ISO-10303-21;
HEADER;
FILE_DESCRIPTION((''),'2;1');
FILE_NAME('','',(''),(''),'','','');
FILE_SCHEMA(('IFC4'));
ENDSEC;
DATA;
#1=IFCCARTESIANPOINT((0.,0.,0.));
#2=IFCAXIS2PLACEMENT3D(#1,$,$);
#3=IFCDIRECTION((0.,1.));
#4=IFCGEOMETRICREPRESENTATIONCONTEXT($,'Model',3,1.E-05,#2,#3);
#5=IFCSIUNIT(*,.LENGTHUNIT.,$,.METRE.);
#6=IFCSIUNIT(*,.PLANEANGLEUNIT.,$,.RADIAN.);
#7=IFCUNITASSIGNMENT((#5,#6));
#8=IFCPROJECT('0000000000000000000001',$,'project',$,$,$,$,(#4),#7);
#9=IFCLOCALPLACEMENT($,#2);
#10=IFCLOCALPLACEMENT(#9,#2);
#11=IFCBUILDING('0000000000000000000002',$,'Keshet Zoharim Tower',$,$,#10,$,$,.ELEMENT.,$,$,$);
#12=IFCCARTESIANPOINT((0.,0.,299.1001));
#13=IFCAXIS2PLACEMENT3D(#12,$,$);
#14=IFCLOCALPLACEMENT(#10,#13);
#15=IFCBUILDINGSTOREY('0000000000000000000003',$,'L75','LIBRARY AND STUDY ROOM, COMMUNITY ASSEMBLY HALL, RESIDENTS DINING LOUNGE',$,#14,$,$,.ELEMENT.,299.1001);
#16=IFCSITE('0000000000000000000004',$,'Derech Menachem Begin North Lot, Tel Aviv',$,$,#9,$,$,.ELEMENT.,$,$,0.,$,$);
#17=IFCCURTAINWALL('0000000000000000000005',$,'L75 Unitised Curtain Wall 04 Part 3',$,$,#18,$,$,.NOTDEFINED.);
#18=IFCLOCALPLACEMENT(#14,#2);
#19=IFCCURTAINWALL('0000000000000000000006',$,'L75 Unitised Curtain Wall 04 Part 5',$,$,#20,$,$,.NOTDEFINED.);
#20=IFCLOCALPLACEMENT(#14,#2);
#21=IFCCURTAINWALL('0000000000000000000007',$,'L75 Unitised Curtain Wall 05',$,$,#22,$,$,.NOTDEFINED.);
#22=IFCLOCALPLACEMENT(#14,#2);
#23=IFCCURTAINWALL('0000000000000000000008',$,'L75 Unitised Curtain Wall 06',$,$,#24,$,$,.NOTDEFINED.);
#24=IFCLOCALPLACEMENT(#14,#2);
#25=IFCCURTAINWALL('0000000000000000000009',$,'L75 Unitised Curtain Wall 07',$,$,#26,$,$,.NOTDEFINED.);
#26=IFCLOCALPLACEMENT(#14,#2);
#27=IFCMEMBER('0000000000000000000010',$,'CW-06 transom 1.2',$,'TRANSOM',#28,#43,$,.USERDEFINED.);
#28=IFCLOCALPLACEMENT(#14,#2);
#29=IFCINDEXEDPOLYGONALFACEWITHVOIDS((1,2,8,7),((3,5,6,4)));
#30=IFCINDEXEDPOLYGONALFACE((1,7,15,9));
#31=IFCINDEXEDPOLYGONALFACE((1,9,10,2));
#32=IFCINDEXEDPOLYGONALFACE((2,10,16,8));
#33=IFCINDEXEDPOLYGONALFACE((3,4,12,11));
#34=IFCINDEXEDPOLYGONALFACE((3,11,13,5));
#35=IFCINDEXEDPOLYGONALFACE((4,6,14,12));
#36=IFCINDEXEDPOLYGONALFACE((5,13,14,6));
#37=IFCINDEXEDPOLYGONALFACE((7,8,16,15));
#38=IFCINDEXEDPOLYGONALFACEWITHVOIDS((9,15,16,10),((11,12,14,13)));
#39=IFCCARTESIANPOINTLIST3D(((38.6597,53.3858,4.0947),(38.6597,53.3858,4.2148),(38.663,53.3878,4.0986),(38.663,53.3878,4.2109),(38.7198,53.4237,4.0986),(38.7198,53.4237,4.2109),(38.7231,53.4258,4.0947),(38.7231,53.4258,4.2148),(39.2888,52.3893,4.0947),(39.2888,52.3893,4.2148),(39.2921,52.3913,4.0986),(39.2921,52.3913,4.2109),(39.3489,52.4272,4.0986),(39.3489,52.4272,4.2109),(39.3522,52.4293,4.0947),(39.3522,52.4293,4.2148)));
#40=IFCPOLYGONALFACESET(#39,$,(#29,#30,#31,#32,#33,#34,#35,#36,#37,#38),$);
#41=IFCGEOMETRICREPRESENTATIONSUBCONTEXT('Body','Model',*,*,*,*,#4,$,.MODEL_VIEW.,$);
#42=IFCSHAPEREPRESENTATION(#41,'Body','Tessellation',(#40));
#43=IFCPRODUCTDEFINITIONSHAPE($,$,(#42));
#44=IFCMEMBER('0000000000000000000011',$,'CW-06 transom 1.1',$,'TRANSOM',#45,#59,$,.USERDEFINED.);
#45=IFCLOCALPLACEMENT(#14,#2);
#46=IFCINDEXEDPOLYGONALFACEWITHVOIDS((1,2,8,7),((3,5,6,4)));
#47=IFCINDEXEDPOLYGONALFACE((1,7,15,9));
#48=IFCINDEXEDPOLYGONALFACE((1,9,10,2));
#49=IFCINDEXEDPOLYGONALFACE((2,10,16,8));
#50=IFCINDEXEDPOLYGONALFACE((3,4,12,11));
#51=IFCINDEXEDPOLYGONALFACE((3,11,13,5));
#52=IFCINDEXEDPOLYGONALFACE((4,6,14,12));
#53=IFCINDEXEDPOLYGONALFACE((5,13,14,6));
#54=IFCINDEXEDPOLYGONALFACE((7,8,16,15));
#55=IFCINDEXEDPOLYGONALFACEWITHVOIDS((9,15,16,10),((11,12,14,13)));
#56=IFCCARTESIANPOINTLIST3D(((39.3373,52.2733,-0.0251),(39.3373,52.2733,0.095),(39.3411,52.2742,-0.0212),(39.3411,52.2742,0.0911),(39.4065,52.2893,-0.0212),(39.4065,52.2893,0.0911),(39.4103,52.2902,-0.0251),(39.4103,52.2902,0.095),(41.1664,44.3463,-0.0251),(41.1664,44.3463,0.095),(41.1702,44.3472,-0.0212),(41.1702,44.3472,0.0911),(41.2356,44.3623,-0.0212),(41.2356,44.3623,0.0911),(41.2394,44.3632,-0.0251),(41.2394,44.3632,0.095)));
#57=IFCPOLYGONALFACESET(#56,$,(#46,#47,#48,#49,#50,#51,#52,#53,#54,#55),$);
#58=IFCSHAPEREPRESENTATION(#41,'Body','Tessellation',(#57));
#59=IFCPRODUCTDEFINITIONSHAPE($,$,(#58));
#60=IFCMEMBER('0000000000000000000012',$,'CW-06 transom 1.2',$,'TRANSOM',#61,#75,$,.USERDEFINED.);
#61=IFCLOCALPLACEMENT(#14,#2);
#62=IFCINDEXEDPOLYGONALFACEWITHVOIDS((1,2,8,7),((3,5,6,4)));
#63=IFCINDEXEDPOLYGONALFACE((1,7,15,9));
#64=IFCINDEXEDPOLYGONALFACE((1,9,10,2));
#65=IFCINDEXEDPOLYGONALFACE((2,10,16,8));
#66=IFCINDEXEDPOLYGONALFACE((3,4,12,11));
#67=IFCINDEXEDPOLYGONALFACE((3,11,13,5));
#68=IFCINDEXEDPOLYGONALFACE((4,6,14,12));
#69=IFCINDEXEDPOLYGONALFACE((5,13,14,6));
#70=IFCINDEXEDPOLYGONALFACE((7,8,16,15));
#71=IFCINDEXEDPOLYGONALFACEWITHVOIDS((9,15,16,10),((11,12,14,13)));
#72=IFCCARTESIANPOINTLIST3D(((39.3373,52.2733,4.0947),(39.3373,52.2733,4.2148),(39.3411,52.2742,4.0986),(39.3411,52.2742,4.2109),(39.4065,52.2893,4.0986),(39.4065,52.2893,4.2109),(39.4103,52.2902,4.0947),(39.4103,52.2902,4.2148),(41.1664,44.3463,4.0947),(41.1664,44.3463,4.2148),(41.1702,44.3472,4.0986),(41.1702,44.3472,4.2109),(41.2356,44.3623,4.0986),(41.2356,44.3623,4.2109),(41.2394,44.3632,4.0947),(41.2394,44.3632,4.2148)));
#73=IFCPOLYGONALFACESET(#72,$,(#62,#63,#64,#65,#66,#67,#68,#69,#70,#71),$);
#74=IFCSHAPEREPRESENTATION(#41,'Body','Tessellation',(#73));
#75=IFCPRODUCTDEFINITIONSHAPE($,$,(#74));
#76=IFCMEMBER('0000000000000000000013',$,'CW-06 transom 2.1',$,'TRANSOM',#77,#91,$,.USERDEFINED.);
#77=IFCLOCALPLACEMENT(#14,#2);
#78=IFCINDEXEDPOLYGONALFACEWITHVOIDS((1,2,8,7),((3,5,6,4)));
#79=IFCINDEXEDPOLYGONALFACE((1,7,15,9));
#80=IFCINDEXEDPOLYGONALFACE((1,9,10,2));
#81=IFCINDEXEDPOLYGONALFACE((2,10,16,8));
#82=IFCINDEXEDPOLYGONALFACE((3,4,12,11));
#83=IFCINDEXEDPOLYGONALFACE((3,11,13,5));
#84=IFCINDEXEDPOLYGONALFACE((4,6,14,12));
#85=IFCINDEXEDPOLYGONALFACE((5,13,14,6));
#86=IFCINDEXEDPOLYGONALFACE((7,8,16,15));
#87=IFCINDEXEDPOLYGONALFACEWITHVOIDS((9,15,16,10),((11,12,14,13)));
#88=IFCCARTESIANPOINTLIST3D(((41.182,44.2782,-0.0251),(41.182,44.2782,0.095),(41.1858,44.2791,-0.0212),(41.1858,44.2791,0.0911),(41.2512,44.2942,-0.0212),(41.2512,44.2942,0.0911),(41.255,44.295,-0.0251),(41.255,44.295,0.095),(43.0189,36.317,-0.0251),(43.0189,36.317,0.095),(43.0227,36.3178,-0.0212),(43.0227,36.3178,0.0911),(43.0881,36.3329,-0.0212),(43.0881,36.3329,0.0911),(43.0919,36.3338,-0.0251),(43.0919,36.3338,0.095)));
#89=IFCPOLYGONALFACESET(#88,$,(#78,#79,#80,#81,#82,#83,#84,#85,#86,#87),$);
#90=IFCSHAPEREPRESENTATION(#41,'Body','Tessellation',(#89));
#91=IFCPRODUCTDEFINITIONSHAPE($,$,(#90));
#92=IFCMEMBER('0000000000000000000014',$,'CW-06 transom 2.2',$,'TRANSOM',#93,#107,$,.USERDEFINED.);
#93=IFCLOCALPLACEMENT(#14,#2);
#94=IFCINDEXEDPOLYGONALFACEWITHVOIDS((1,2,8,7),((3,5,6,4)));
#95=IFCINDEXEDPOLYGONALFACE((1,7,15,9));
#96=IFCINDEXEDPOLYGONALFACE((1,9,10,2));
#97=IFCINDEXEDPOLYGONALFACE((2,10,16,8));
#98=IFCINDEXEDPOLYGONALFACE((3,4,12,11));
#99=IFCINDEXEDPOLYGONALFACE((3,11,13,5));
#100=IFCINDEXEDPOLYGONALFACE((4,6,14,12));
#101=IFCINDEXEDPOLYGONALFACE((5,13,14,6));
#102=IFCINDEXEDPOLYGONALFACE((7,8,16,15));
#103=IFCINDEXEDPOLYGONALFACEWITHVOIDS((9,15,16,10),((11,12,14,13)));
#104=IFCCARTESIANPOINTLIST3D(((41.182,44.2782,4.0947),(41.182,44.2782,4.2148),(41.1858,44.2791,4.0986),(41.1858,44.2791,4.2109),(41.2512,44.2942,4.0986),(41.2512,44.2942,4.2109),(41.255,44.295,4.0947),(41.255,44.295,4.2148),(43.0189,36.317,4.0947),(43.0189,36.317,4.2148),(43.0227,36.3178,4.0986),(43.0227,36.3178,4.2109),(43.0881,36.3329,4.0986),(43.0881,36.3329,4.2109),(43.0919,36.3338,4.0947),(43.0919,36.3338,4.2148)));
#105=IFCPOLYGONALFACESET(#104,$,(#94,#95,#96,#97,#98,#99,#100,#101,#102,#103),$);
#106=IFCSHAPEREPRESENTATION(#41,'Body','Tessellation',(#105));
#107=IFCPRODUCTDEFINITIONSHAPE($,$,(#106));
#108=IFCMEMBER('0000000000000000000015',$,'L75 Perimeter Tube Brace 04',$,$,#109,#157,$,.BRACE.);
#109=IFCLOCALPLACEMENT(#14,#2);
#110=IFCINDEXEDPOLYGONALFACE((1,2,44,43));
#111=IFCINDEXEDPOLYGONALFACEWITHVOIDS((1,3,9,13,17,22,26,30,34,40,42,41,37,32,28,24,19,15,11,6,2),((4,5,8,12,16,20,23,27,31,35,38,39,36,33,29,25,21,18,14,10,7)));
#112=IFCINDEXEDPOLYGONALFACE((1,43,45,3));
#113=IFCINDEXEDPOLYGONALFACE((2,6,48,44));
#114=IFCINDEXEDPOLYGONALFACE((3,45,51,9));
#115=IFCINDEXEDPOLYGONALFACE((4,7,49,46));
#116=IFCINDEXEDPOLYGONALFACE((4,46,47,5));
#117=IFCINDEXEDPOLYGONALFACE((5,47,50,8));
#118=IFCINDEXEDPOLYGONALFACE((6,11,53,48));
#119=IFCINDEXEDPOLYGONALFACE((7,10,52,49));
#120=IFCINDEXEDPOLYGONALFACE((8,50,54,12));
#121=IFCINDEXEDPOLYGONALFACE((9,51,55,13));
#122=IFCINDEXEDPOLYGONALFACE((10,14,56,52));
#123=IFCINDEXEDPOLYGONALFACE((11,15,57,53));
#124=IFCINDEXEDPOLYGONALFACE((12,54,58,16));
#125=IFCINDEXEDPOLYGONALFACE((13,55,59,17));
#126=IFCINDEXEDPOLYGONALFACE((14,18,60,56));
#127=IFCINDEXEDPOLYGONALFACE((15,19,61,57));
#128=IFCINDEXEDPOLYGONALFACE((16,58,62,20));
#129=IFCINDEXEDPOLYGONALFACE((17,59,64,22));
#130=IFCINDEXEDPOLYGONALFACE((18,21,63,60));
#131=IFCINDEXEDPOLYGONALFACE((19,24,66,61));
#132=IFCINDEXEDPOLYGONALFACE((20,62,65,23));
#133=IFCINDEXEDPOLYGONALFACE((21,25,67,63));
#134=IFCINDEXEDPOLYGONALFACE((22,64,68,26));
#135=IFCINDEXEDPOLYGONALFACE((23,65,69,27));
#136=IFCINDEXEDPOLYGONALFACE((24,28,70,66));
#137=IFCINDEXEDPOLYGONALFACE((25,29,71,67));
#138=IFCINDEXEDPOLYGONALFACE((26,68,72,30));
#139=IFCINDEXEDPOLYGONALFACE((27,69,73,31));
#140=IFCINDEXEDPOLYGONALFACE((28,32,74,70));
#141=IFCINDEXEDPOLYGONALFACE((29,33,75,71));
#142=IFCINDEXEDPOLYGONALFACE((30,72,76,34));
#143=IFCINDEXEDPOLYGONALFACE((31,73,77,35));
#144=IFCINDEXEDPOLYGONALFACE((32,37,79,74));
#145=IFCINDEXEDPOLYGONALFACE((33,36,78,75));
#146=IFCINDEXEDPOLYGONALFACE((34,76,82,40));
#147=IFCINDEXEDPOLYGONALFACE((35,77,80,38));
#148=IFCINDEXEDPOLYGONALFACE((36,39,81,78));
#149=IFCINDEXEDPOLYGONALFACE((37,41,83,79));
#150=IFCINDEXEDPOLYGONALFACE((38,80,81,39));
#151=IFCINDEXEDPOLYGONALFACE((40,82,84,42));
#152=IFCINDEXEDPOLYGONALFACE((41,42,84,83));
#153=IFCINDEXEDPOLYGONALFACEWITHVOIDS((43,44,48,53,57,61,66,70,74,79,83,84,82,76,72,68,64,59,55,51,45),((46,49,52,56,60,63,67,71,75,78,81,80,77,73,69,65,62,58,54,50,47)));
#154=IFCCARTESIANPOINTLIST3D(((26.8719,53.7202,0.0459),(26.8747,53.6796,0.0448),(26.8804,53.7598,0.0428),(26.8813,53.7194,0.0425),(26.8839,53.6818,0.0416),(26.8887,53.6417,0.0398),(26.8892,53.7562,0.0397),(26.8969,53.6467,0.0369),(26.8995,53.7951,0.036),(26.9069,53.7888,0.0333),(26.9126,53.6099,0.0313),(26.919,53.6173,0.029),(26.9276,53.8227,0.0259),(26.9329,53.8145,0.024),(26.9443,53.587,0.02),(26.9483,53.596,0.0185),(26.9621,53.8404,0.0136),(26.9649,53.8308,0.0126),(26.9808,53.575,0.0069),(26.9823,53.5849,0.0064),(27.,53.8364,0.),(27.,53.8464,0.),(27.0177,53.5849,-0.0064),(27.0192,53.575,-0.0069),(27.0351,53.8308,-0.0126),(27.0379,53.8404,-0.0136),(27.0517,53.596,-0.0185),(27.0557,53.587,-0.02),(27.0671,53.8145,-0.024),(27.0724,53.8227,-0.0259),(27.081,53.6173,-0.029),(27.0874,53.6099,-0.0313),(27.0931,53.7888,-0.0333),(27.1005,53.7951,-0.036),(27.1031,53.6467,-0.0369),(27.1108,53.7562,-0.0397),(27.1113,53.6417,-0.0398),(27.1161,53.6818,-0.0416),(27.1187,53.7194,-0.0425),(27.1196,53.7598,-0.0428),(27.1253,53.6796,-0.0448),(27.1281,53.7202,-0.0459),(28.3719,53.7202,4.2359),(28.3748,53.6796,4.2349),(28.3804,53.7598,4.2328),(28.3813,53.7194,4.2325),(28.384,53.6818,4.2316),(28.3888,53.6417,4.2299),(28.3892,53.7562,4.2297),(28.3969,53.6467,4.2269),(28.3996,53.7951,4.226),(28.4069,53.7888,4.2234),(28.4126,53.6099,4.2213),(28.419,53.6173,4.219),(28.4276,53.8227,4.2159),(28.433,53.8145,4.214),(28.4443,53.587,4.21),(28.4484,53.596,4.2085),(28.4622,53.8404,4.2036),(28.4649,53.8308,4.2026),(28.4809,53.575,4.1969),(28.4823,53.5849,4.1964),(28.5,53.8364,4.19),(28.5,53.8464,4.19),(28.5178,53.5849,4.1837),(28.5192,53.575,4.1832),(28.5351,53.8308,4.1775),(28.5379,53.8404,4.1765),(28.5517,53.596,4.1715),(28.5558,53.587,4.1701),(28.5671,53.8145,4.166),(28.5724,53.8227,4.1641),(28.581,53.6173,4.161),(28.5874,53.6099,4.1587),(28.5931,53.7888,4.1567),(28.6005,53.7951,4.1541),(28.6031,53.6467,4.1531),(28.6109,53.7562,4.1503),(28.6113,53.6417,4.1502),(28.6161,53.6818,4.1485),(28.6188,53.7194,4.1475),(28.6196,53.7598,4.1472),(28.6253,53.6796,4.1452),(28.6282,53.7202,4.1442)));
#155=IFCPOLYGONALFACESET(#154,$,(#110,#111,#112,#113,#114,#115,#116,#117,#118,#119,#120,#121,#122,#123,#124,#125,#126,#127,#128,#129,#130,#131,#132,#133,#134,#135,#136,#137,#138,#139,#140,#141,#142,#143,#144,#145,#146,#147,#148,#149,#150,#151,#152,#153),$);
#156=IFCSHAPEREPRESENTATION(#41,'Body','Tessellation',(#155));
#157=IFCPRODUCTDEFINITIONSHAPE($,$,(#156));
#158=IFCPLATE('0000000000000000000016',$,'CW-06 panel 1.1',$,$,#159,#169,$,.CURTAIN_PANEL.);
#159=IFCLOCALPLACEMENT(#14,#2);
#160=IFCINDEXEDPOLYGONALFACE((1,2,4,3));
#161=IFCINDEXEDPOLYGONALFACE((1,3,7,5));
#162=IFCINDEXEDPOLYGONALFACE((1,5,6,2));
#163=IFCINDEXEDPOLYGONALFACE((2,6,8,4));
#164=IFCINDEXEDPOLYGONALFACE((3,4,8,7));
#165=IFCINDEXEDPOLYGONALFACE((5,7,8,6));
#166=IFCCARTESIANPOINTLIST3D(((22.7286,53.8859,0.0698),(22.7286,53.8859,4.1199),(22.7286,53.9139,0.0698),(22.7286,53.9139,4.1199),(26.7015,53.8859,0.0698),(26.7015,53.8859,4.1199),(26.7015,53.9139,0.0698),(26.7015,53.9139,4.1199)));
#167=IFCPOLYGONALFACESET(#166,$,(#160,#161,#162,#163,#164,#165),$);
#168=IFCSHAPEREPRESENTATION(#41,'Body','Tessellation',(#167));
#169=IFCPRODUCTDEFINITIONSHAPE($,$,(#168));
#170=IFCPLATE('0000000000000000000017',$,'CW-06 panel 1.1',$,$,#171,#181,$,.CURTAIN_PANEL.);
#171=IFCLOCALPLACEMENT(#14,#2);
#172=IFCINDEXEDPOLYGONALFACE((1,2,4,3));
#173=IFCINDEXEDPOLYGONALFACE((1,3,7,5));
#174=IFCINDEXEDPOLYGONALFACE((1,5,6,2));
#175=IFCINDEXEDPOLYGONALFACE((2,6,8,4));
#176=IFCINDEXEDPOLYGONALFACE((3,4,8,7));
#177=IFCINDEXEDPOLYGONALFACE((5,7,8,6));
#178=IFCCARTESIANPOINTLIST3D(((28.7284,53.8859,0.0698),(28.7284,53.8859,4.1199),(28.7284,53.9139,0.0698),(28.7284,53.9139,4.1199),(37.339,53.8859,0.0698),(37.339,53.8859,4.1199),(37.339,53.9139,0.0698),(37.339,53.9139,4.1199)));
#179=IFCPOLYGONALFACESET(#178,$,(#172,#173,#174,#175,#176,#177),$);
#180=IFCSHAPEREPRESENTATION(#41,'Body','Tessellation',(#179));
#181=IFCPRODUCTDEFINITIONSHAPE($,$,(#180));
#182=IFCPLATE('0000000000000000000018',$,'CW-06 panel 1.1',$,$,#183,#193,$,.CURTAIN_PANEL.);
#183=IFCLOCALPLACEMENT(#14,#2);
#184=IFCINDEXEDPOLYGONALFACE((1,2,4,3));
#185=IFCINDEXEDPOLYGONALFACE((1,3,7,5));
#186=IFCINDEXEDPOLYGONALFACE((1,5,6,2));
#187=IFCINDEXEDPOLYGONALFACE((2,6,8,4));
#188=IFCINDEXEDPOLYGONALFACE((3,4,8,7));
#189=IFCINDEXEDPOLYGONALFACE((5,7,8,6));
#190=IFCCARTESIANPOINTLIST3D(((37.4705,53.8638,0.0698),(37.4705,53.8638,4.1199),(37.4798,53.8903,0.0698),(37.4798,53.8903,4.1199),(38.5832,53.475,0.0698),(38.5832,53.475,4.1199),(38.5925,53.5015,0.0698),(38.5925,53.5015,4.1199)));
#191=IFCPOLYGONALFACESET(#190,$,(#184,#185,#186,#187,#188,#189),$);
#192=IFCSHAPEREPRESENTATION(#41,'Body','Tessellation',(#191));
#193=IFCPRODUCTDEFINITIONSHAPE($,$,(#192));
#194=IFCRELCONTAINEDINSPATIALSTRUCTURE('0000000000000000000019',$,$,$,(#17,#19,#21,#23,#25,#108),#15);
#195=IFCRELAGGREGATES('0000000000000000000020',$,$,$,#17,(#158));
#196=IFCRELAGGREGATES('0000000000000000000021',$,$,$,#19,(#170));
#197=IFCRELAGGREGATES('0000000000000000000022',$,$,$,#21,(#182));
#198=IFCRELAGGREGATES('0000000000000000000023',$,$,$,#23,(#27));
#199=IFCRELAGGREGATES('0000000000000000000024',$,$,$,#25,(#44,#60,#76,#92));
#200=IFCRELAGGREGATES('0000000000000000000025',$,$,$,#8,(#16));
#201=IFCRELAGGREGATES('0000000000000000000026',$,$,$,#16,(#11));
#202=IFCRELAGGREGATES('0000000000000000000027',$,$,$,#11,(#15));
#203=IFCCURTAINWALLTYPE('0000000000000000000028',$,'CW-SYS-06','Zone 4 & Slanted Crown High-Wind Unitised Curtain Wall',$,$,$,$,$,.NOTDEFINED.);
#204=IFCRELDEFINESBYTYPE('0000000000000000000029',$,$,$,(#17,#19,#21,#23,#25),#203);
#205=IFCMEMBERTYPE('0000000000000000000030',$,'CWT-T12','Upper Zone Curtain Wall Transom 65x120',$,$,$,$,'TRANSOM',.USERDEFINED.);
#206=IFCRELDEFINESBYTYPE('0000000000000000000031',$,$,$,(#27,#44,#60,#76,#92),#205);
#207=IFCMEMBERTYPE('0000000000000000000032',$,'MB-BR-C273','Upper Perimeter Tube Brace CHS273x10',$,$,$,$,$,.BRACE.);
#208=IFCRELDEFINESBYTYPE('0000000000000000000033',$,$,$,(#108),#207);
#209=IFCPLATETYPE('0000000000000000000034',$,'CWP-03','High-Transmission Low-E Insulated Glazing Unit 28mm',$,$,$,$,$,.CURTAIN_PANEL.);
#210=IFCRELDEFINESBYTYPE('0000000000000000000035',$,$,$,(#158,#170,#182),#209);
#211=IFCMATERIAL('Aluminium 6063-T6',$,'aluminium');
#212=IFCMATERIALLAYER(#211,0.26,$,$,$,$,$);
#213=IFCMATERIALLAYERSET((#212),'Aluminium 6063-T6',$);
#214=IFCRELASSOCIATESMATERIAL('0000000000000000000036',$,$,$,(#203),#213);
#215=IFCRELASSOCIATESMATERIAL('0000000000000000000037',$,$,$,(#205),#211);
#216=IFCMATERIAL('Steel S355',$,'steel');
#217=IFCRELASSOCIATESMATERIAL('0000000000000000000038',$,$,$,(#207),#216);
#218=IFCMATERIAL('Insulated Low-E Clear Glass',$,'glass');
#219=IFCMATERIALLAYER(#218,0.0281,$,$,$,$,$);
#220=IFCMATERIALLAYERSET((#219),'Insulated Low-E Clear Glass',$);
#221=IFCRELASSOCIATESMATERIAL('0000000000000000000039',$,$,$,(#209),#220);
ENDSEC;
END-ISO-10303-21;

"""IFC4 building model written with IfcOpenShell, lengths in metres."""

from ifc_helpers import new_model, si_unit, direction, frame, origin, origin_2d, place, context, subcontext, project, spatial, rectangle, hollow_rectangle, hollow_circle, extrude, material, layer, layer_set, material_profile, profile_set, type_object, element, aggregate, save


model = new_model("IFC4")

# Units and contexts
model_context = context("Model", 3, precision=1e-05, world=origin(), true_north=direction((0.0, 1.0)))
body_context = subcontext(model_context, "Body", "Model", "MODEL_VIEW")
ifc_project = project(units=[si_unit("LENGTHUNIT", "METRE"), si_unit("PLANEANGLEUNIT", "RADIAN")], contexts=[model_context])

# Site, building, storey
site_placement = place(None, origin())
site = spatial("IfcSite", under=ifc_project, at=site_placement, Name="Derech Menachem Begin North Lot, Tel Aviv", CompositionType="ELEMENT", RefElevation=0.0)
building_placement = place(site_placement, origin())
building = spatial("IfcBuilding", under=site, at=building_placement, Name="Keshet Zoharim Tower", CompositionType="ELEMENT")
storey_placement = place(building_placement, frame((0.0, 0.0, 299.1001)))
storey = spatial("IfcBuildingStorey", under=building, at=storey_placement, Name="L75", Description="LIBRARY AND STUDY ROOM, COMMUNITY ASSEMBLY HALL, RESIDENTS DINING LOUNGE", CompositionType="ELEMENT", Elevation=299.1001)

# Shared definitions
ifc_material_1 = material(Name="Steel S355", Category="steel")

# Curtain walls
ifc_material_2 = material(Name="Aluminium 6063-T6", Category="aluminium")
ifc_layer_1 = layer(ifc_material_2, 0.26)
ifc_layer_set_1 = layer_set([ifc_layer_1], Name="Aluminium 6063-T6")
curtain_wall_type = type_object("IfcCurtainWallType", Name="CW-SYS-06", Description="Zone 4 & Slanted Crown High-Wind Unitised Curtain Wall", PredefinedType="NOTDEFINED", material=ifc_layer_set_1)
curtain_wall_1_placement = place(storey_placement, origin())
curtain_wall_1 = element("IfcCurtainWall", 1, at=curtain_wall_1_placement, inside=storey, type_object=curtain_wall_type, Name="L75 Unitised Curtain Wall 04 Part 3", PredefinedType="NOTDEFINED")
curtain_wall_2_placement = place(storey_placement, origin())
curtain_wall_2 = element("IfcCurtainWall", 2, at=curtain_wall_2_placement, inside=storey, type_object=curtain_wall_type, Name="L75 Unitised Curtain Wall 04 Part 5", PredefinedType="NOTDEFINED")

# Curtain walls
curtain_wall_3_placement = place(storey_placement, origin())
curtain_wall_3 = element("IfcCurtainWall", 3, at=curtain_wall_3_placement, inside=storey, type_object=curtain_wall_type, Name="L75 Unitised Curtain Wall 05", PredefinedType="NOTDEFINED")
curtain_wall_4_placement = place(storey_placement, origin())
curtain_wall_4 = element("IfcCurtainWall", 4, at=curtain_wall_4_placement, inside=storey, type_object=curtain_wall_type, Name="L75 Unitised Curtain Wall 06", PredefinedType="NOTDEFINED")
curtain_wall_5_placement = place(storey_placement, origin())
curtain_wall_5 = element("IfcCurtainWall", 5, at=curtain_wall_5_placement, inside=storey, type_object=curtain_wall_type, Name="L75 Unitised Curtain Wall 07", PredefinedType="NOTDEFINED")

# Members
ifc_material_profile_1 = material_profile(ifc_material_2, hollow_rectangle(XDim=0.075, YDim=0.1201, WallThickness=0.0039, at=origin_2d()), Name="TRN-75x120")
ifc_profile_set_1 = profile_set([ifc_material_profile_1], Name="Aluminium 6063-T6")
member_type_1 = type_object("IfcMemberType", Name="CWT-T12", Description="Upper Zone Curtain Wall Transom 65x120", ElementType="TRANSOM", PredefinedType="USERDEFINED", material=ifc_profile_set_1)
member_1_placement = place(storey_placement, frame((38.6914, 53.4058, 4.1548), z_axis=(0.533829, -0.845592, 0.0), x_axis=(0.845592, 0.533829, 0.0)))
member_1 = element("IfcMember", 6, at=member_1_placement, type_object=member_type_1, Name="CW-06 transom 1.2", ObjectType="TRANSOM", PredefinedType="USERDEFINED", context=body_context, shape_type="SweptSolid", body=[
    extrude(hollow_rectangle(XDim=0.075, YDim=0.1201, WallThickness=0.0039, at=origin_2d()), origin(), (0.0, 0.0, 1.0), 1.1785),
])
member_2_placement = place(storey_placement, frame((39.3738, 52.2817, 0.0349), z_axis=(0.224835, -0.974397, 0.0), x_axis=(0.974397, 0.224835, 0.0)))
member_2 = element("IfcMember", 7, at=member_2_placement, type_object=member_type_1, Name="CW-06 transom 1.1", ObjectType="TRANSOM", PredefinedType="USERDEFINED", context=body_context, shape_type="SweptSolid", body=[
    extrude(hollow_rectangle(XDim=0.075, YDim=0.1201, WallThickness=0.0039, at=origin_2d()), origin(), (0.0, 0.0, 1.0), 8.1353),
])
member_3_placement = place(storey_placement, frame((39.3738, 52.2817, 4.1548), z_axis=(0.224835, -0.974397, 0.0), x_axis=(0.974397, 0.224835, 0.0)))
member_3 = element("IfcMember", 8, at=member_3_placement, type_object=member_type_1, Name="CW-06 transom 1.2", ObjectType="TRANSOM", PredefinedType="USERDEFINED", context=body_context, shape_type="SweptSolid", body=[
    extrude(hollow_rectangle(XDim=0.075, YDim=0.1201, WallThickness=0.0039, at=origin_2d()), origin(), (0.0, 0.0, 1.0), 8.1353),
])
member_4_placement = place(storey_placement, frame((41.2185, 44.2866, 0.0349), z_axis=(0.224827, -0.974399, 0.0), x_axis=(0.974399, 0.224827, 0.0)))
member_4 = element("IfcMember", 9, at=member_4_placement, type_object=member_type_1, Name="CW-06 transom 2.1", ObjectType="TRANSOM", PredefinedType="USERDEFINED", context=body_context, shape_type="SweptSolid", body=[
    extrude(hollow_rectangle(XDim=0.075, YDim=0.1201, WallThickness=0.0039, at=origin_2d()), origin(), (0.0, 0.0, 1.0), 8.1704),
])
member_5_placement = place(storey_placement, frame((41.2185, 44.2866, 4.1548), z_axis=(0.224827, -0.974399, 0.0), x_axis=(0.974399, 0.224827, 0.0)))
member_5 = element("IfcMember", 10, at=member_5_placement, type_object=member_type_1, Name="CW-06 transom 2.2", ObjectType="TRANSOM", PredefinedType="USERDEFINED", context=body_context, shape_type="SweptSolid", body=[
    extrude(hollow_rectangle(XDim=0.075, YDim=0.1201, WallThickness=0.0039, at=origin_2d()), origin(), (0.0, 0.0, 1.0), 8.1704),
])
ifc_material_profile_2 = material_profile(ifc_material_1, hollow_circle(Radius=0.1365, WallThickness=0.01, at=origin_2d()), Name="CHS273x10")
ifc_profile_set_2 = profile_set([ifc_material_profile_2], Name="Steel S355")
member_type_2 = type_object("IfcMemberType", Name="MB-BR-C273", Description="Upper Perimeter Tube Brace CHS273x10", PredefinedType="BRACE", material=ifc_profile_set_2)
member_6_placement = place(storey_placement, frame((27.0, 53.71, 0.0), z_axis=(0.337052, 0.0, 0.941486), x_axis=(0.0, 1.0, 0.0)))
element("IfcMember", 11, at=member_6_placement, inside=storey, type_object=member_type_2, Name="L75 Perimeter Tube Brace 04", PredefinedType="BRACE", context=body_context, shape_type="SweptSolid", body=[
    extrude(hollow_circle(Radius=0.1365, WallThickness=0.01, at=origin_2d()), origin(), (0.0, 0.0, 1.0), 4.4504),
])

# Plates
ifc_material_3 = material(Name="Insulated Low-E Clear Glass", Category="glass")
ifc_layer_2 = layer(ifc_material_3, 0.0281)
ifc_layer_set_2 = layer_set([ifc_layer_2], Name="Insulated Low-E Clear Glass")
plate_type_1 = type_object("IfcPlateType", Name="CWP-03", Description="High-Transmission Low-E Insulated Glazing Unit 28mm", PredefinedType="CURTAIN_PANEL", material=ifc_layer_set_2)
plate_1_placement = place(storey_placement, frame((24.7151, 53.8999, 0.0698), z_axis=(0.0, 0.0, 1.0), x_axis=(1.0, 0.0, 0.0)))
plate_1 = element("IfcPlate", 12, at=plate_1_placement, type_object=plate_type_1, Name="CW-06 panel 1.1", PredefinedType="CURTAIN_PANEL", context=body_context, shape_type="SweptSolid", body=[
    extrude(rectangle(XDim=3.9729, YDim=0.0281, at=origin_2d()), origin(), (0.0, 0.0, 1.0), 4.05),
])
aggregate(curtain_wall_1, [plate_1])
plate_2_placement = place(storey_placement, frame((33.0337, 53.8999, 0.0698), z_axis=(0.0, 0.0, 1.0), x_axis=(1.0, 0.0, 0.0)))
plate_2 = element("IfcPlate", 13, at=plate_2_placement, type_object=plate_type_1, Name="CW-06 panel 1.1", PredefinedType="CURTAIN_PANEL", context=body_context, shape_type="SweptSolid", body=[
    extrude(rectangle(XDim=8.6106, YDim=0.0281, at=origin_2d()), origin(), (0.0, 0.0, 1.0), 4.05),
])
aggregate(curtain_wall_2, [plate_2])
plate_3_placement = place(storey_placement, frame((38.0315, 53.6826, 0.0698), z_axis=(0.0, 0.0, 1.0), x_axis=(0.944036, -0.329844, 0.0)))
plate_3 = element("IfcPlate", 14, at=plate_3_placement, type_object=plate_type_1, Name="CW-06 panel 1.1", PredefinedType="CURTAIN_PANEL", context=body_context, shape_type="SweptSolid", body=[
    extrude(rectangle(XDim=1.1787, YDim=0.0281, at=origin_2d()), origin(), (0.0, 0.0, 1.0), 4.05),
])
aggregate(curtain_wall_3, [plate_3])
aggregate(curtain_wall_4, [member_1])
aggregate(curtain_wall_5, [member_2, member_3, member_4, member_5])

save(model, "model.ifc")
